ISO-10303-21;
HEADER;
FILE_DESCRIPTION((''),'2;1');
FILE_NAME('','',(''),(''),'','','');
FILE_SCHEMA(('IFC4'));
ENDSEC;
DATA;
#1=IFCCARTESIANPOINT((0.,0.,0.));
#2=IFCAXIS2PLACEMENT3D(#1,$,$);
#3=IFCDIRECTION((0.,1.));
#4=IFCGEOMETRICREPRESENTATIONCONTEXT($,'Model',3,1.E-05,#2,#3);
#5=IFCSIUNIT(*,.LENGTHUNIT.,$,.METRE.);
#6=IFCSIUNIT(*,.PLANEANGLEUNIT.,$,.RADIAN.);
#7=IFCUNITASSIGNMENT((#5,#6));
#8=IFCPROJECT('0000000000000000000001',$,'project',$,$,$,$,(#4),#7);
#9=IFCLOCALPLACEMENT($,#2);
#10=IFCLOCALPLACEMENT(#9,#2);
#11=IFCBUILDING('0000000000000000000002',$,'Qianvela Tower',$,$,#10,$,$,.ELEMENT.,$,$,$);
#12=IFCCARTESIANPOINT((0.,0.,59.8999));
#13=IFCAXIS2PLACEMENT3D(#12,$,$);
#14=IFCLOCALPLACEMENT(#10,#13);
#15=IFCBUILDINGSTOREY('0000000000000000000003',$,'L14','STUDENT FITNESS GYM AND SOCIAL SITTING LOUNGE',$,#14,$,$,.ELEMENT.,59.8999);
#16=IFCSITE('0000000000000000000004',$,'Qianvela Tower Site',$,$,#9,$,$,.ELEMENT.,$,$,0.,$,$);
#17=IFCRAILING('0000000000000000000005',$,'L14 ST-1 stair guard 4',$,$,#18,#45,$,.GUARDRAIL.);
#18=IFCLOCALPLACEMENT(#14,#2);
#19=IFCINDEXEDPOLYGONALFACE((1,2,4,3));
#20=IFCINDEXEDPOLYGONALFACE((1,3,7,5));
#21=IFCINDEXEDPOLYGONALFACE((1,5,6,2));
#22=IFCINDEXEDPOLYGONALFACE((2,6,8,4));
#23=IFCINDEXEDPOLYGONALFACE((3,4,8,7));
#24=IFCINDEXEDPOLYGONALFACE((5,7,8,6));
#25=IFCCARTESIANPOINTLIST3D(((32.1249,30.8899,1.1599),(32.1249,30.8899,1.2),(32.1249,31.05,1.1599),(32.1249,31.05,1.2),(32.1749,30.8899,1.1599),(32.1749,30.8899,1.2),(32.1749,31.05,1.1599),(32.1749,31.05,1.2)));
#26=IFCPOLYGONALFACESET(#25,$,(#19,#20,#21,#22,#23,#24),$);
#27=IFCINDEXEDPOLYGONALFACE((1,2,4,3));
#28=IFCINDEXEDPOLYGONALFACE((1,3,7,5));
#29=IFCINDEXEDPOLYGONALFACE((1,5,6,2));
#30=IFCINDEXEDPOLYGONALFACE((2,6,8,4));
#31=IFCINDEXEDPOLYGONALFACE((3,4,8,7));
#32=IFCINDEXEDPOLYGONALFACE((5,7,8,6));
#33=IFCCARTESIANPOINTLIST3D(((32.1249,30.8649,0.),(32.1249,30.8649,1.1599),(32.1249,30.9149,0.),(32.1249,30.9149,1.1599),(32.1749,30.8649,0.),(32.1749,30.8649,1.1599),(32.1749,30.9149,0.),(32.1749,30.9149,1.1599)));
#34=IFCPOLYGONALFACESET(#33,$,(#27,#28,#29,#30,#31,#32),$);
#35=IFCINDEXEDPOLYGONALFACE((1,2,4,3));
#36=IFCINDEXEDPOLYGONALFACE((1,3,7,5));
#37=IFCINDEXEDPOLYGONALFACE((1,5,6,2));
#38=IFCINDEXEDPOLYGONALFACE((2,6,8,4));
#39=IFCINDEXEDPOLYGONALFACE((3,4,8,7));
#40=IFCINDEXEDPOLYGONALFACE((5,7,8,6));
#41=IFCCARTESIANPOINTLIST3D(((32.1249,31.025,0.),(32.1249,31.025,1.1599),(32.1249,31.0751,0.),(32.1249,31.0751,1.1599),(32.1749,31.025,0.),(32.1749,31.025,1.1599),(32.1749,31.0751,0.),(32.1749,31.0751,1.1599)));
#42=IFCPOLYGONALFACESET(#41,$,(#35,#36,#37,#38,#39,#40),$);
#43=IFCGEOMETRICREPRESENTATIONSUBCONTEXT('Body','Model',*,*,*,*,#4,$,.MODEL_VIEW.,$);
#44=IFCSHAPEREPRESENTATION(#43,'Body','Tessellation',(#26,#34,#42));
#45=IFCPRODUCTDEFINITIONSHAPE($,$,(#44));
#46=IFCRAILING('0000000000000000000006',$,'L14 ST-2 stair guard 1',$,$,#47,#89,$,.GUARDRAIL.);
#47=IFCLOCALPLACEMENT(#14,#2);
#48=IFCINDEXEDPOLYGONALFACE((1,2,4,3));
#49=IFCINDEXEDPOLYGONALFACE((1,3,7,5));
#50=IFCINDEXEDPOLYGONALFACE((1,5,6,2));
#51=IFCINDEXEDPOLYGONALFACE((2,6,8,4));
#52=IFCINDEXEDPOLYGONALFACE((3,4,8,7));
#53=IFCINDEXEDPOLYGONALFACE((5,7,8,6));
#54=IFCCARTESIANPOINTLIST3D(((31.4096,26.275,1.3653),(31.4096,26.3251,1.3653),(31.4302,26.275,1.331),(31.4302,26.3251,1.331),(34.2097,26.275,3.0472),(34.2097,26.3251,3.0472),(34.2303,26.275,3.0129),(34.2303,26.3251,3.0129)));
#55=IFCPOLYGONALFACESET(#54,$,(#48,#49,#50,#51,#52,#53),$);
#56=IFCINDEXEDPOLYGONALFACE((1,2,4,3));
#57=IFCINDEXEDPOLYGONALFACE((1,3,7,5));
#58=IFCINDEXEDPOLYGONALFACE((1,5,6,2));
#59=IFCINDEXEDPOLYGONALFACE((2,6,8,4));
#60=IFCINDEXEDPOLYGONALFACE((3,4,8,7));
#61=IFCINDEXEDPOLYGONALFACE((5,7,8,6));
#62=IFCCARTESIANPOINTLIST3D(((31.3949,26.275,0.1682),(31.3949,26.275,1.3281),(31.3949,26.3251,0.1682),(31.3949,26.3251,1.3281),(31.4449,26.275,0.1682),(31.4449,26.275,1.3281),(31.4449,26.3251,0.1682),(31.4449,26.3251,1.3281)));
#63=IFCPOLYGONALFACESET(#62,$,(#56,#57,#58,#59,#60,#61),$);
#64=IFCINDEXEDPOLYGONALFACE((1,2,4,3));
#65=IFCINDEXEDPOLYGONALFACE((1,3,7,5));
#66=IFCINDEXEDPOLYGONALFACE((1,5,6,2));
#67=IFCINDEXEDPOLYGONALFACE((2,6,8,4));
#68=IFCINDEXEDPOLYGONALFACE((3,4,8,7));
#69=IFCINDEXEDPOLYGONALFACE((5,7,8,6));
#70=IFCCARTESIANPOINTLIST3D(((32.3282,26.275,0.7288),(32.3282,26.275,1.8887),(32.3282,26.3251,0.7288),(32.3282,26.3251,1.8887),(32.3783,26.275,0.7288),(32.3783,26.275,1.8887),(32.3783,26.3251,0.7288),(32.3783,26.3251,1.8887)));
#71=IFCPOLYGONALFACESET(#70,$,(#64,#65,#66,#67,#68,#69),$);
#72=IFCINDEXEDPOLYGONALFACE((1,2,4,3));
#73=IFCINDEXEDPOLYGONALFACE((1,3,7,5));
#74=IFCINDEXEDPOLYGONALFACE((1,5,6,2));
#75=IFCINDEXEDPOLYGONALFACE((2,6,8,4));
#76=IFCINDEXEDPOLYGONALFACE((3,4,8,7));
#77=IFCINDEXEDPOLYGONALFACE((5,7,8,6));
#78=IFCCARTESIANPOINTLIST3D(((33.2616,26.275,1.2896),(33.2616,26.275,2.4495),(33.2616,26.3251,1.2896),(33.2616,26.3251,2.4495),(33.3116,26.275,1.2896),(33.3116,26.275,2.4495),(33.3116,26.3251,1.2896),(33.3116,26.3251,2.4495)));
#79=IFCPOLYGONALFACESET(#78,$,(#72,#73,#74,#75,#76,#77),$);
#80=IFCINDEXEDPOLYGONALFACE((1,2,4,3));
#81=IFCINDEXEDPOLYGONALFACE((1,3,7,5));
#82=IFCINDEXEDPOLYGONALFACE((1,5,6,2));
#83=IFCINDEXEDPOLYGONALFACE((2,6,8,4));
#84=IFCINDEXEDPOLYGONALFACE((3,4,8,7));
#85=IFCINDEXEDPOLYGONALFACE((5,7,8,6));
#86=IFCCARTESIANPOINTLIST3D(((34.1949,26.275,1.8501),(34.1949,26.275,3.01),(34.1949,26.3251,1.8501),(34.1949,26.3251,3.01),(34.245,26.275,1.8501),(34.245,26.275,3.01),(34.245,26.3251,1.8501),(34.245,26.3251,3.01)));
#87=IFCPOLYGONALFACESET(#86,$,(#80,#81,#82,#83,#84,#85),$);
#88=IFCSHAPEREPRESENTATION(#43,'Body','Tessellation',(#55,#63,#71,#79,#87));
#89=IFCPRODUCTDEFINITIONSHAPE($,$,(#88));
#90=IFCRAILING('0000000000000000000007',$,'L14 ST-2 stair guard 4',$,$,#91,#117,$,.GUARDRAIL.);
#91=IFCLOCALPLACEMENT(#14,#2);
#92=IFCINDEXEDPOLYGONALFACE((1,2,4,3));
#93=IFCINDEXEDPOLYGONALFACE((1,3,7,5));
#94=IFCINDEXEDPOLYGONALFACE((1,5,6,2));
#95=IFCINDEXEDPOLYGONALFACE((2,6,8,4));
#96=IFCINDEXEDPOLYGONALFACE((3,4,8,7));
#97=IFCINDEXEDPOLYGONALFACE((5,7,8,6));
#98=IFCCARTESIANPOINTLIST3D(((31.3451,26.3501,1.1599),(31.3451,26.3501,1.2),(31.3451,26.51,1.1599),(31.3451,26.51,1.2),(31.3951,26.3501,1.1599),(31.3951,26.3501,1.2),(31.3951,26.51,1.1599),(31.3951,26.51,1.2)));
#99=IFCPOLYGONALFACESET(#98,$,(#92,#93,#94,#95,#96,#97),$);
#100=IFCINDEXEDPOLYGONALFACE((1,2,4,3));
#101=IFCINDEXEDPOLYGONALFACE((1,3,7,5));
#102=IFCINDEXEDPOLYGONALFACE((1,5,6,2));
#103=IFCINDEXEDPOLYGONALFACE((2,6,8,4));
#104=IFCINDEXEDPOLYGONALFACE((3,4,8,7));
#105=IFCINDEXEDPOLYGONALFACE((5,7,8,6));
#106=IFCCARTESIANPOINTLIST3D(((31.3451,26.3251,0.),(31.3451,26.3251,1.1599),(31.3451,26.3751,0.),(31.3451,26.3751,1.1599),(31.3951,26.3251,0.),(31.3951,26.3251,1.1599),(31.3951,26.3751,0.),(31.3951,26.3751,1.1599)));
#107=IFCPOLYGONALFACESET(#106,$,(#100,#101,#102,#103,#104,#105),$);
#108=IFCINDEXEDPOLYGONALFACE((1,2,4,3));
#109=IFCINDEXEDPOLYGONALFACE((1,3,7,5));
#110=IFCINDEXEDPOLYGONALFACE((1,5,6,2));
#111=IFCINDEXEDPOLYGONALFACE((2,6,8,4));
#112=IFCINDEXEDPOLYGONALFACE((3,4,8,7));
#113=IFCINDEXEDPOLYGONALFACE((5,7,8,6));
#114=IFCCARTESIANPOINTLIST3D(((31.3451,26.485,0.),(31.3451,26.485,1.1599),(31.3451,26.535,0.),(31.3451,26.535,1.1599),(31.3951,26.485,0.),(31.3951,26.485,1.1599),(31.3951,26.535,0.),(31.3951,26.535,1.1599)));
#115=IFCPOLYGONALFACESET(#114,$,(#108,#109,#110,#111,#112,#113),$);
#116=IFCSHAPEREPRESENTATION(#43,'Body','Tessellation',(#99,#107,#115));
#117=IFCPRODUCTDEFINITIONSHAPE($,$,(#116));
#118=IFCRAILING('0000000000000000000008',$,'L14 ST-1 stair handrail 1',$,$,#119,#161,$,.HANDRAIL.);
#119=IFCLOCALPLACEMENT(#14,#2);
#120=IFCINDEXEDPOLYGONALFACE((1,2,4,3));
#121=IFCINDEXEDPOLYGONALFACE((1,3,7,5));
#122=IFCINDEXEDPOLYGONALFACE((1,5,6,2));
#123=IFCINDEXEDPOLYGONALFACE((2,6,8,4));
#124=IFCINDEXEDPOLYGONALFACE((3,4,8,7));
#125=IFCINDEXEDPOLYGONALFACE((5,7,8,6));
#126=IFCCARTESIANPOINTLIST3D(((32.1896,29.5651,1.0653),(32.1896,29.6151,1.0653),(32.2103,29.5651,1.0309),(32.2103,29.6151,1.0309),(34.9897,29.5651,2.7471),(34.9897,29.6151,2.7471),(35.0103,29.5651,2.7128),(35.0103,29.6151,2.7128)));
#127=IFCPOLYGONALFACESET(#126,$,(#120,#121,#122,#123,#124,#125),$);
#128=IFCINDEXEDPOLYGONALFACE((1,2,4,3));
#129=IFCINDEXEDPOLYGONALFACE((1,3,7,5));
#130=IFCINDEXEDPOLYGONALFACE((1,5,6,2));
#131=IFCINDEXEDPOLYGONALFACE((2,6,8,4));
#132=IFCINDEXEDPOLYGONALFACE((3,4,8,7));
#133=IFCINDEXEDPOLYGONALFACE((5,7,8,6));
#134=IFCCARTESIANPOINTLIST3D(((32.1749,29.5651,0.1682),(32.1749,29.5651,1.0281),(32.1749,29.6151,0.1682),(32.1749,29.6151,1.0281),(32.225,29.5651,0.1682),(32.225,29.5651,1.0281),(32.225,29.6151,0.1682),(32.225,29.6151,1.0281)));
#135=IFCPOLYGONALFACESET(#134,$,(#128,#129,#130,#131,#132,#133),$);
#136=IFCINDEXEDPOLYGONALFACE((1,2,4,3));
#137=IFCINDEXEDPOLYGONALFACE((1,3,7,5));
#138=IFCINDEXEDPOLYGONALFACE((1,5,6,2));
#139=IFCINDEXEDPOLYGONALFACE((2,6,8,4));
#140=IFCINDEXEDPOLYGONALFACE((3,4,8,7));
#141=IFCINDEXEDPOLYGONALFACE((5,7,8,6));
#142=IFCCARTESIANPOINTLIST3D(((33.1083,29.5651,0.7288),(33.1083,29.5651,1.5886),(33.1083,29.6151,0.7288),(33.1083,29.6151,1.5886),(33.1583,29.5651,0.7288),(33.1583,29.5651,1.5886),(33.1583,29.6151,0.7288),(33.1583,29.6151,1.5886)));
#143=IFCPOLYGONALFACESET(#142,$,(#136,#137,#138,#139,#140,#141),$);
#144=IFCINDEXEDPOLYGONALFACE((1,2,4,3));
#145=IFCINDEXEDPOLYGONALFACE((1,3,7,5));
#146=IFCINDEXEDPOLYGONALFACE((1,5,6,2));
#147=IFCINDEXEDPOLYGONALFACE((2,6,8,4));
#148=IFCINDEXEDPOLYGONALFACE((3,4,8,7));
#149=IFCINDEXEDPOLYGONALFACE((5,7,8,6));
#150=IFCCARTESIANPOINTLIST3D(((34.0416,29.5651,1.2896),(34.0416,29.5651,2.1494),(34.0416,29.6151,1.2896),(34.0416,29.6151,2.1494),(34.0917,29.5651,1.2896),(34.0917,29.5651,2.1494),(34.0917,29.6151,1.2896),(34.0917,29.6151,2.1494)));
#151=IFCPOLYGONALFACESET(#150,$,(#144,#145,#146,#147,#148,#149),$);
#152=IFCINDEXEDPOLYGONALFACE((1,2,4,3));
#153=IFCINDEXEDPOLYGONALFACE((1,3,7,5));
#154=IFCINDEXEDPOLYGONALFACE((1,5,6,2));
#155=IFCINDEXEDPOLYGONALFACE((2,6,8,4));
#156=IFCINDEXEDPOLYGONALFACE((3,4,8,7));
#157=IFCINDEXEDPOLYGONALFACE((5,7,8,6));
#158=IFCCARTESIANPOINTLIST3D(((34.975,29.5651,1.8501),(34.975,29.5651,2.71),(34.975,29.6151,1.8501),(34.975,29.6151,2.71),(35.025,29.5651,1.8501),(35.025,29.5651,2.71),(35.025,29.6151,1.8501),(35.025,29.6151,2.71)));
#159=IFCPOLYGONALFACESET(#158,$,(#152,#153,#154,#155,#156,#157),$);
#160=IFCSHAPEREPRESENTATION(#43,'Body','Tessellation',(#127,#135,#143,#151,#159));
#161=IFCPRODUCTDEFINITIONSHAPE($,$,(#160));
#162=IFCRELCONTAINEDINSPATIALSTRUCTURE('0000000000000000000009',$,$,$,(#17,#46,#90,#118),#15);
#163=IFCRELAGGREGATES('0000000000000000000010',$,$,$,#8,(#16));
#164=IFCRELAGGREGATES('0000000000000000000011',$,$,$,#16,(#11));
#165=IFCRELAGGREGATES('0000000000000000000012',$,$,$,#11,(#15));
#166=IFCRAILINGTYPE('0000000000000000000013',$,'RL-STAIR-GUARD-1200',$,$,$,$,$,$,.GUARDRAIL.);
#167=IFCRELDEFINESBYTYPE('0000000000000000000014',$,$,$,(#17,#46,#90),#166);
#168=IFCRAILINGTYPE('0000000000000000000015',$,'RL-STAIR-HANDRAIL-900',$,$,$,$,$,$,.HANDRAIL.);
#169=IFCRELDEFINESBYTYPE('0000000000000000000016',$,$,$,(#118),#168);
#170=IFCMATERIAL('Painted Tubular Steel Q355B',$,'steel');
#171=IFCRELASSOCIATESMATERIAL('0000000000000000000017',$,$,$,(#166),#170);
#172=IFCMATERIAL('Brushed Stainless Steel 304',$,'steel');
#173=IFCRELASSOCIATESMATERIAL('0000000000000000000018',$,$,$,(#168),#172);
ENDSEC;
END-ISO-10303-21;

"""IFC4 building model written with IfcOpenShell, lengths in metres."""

from ifc_helpers import new_model, si_unit, direction, frame, origin, origin_2d, place, context, subcontext, project, spatial, rectangle, extrude, material, type_object, element, save


model = new_model("IFC4")

# Units and contexts
model_context = context("Model", 3, precision=1e-05, world=origin(), true_north=direction((0.0, 1.0)))
body_context = subcontext(model_context, "Body", "Model", "MODEL_VIEW")
ifc_project = project(units=[si_unit("LENGTHUNIT", "METRE"), si_unit("PLANEANGLEUNIT", "RADIAN")], contexts=[model_context])

# Site, building, storey
site_placement = place(None, origin())
site = spatial("IfcSite", under=ifc_project, at=site_placement, Name="Qianvela Tower Site", CompositionType="ELEMENT", RefElevation=0.0)
building_placement = place(site_placement, origin())
building = spatial("IfcBuilding", under=site, at=building_placement, Name="Qianvela Tower", CompositionType="ELEMENT")
storey_placement = place(building_placement, frame((0.0, 0.0, 59.8999)))
storey = spatial("IfcBuildingStorey", under=building, at=storey_placement, Name="L14", Description="STUDENT FITNESS GYM AND SOCIAL SITTING LOUNGE", CompositionType="ELEMENT", Elevation=59.8999)

# Railings
ifc_material_1 = material(Name="Painted Tubular Steel Q355B", Category="steel")
railing_type_1 = type_object("IfcRailingType", Name="RL-STAIR-GUARD-1200", PredefinedType="GUARDRAIL", material=ifc_material_1)
railing_1_placement = place(storey_placement, frame((32.1499, 30.8899, 0.0)))
element("IfcRailing", 1, at=railing_1_placement, inside=storey, type_object=railing_type_1, Name="L14 ST-1 stair guard 4", PredefinedType="GUARDRAIL", context=body_context, shape_type="SweptSolid", body=[
    extrude(rectangle(XDim=0.05, YDim=0.04, at=origin_2d()), frame((0.0, 0.0, 1.1799), z_axis=(0.0, 1.0, 0.0), x_axis=(-1.0, 0.0, 0.0)), (0.0, 0.0, 1.0), 0.1602),
    extrude(rectangle(XDim=0.05, YDim=0.05, at=origin_2d()), origin(), (0.0, 0.0, 1.0), 1.1599),
    extrude(rectangle(XDim=0.05, YDim=0.05, at=origin_2d()), frame((0.0, 0.1602, 0.0)), (0.0, 0.0, 1.0), 1.1599),
])
railing_2_placement = place(storey_placement, frame((31.4199, 26.3, 0.1682)))
element("IfcRailing", 2, at=railing_2_placement, inside=storey, type_object=railing_type_1, Name="L14 ST-2 stair guard 1", PredefinedType="GUARDRAIL", context=body_context, shape_type="SweptSolid", body=[
    extrude(rectangle(XDim=0.05, YDim=0.04, at=origin_2d()), frame((0.0, 0.0, 1.1799), z_axis=(0.857242, 0.0, 0.514913), x_axis=(0.0, 1.0, 0.0)), (0.0, 0.0, 1.0), 3.2664),
    extrude(rectangle(XDim=0.05, YDim=0.05, at=origin_2d()), origin(), (0.0, 0.0, 1.0), 1.1599),
    extrude(rectangle(XDim=0.05, YDim=0.05, at=origin_2d()), frame((0.9333, 0.0, 0.5605)), (0.0, 0.0, 1.0), 1.1599),
    extrude(rectangle(XDim=0.05, YDim=0.05, at=origin_2d()), frame((1.8667, 0.0, 1.1213)), (0.0, 0.0, 1.0), 1.1599),
    extrude(rectangle(XDim=0.05, YDim=0.05, at=origin_2d()), frame((2.8, 0.0, 1.6819)), (0.0, 0.0, 1.0), 1.1599),
])
railing_3_placement = place(storey_placement, frame((31.3701, 26.3501, 0.0)))
element("IfcRailing", 3, at=railing_3_placement, inside=storey, type_object=railing_type_1, Name="L14 ST-2 stair guard 4", PredefinedType="GUARDRAIL", context=body_context, shape_type="SweptSolid", body=[
    extrude(rectangle(XDim=0.05, YDim=0.04, at=origin_2d()), frame((0.0, 0.0, 1.1799), z_axis=(0.0, 1.0, 0.0), x_axis=(-1.0, 0.0, 0.0)), (0.0, 0.0, 1.0), 0.1599),
    extrude(rectangle(XDim=0.05, YDim=0.05, at=origin_2d()), origin(), (0.0, 0.0, 1.0), 1.1599),
    extrude(rectangle(XDim=0.05, YDim=0.05, at=origin_2d()), frame((0.0, 0.1599, 0.0)), (0.0, 0.0, 1.0), 1.1599),
])
ifc_material_2 = material(Name="Brushed Stainless Steel 304", Category="steel")
railing_type_2 = type_object("IfcRailingType", Name="RL-STAIR-HANDRAIL-900", PredefinedType="HANDRAIL", material=ifc_material_2)
railing_4_placement = place(storey_placement, frame((32.2, 29.5901, 0.1682)))
element("IfcRailing", 4, at=railing_4_placement, inside=storey, type_object=railing_type_2, Name="L14 ST-1 stair handrail 1", PredefinedType="HANDRAIL", context=body_context, shape_type="SweptSolid", body=[
    extrude(rectangle(XDim=0.05, YDim=0.04, at=origin_2d()), frame((0.0, 0.0, 0.8799), z_axis=(0.857242, 0.0, 0.514913), x_axis=(0.0, 1.0, 0.0)), (0.0, 0.0, 1.0), 3.2664),
    extrude(rectangle(XDim=0.05, YDim=0.05, at=origin_2d()), origin(), (0.0, 0.0, 1.0), 0.8599),
    extrude(rectangle(XDim=0.05, YDim=0.05, at=origin_2d()), frame((0.9333, 0.0, 0.5605)), (0.0, 0.0, 1.0), 0.8599),
    extrude(rectangle(XDim=0.05, YDim=0.05, at=origin_2d()), frame((1.8667, 0.0, 1.1213)), (0.0, 0.0, 1.0), 0.8599),
    extrude(rectangle(XDim=0.05, YDim=0.05, at=origin_2d()), frame((2.8, 0.0, 1.6819)), (0.0, 0.0, 1.0), 0.8599),
])

save(model, "model.ifc")
